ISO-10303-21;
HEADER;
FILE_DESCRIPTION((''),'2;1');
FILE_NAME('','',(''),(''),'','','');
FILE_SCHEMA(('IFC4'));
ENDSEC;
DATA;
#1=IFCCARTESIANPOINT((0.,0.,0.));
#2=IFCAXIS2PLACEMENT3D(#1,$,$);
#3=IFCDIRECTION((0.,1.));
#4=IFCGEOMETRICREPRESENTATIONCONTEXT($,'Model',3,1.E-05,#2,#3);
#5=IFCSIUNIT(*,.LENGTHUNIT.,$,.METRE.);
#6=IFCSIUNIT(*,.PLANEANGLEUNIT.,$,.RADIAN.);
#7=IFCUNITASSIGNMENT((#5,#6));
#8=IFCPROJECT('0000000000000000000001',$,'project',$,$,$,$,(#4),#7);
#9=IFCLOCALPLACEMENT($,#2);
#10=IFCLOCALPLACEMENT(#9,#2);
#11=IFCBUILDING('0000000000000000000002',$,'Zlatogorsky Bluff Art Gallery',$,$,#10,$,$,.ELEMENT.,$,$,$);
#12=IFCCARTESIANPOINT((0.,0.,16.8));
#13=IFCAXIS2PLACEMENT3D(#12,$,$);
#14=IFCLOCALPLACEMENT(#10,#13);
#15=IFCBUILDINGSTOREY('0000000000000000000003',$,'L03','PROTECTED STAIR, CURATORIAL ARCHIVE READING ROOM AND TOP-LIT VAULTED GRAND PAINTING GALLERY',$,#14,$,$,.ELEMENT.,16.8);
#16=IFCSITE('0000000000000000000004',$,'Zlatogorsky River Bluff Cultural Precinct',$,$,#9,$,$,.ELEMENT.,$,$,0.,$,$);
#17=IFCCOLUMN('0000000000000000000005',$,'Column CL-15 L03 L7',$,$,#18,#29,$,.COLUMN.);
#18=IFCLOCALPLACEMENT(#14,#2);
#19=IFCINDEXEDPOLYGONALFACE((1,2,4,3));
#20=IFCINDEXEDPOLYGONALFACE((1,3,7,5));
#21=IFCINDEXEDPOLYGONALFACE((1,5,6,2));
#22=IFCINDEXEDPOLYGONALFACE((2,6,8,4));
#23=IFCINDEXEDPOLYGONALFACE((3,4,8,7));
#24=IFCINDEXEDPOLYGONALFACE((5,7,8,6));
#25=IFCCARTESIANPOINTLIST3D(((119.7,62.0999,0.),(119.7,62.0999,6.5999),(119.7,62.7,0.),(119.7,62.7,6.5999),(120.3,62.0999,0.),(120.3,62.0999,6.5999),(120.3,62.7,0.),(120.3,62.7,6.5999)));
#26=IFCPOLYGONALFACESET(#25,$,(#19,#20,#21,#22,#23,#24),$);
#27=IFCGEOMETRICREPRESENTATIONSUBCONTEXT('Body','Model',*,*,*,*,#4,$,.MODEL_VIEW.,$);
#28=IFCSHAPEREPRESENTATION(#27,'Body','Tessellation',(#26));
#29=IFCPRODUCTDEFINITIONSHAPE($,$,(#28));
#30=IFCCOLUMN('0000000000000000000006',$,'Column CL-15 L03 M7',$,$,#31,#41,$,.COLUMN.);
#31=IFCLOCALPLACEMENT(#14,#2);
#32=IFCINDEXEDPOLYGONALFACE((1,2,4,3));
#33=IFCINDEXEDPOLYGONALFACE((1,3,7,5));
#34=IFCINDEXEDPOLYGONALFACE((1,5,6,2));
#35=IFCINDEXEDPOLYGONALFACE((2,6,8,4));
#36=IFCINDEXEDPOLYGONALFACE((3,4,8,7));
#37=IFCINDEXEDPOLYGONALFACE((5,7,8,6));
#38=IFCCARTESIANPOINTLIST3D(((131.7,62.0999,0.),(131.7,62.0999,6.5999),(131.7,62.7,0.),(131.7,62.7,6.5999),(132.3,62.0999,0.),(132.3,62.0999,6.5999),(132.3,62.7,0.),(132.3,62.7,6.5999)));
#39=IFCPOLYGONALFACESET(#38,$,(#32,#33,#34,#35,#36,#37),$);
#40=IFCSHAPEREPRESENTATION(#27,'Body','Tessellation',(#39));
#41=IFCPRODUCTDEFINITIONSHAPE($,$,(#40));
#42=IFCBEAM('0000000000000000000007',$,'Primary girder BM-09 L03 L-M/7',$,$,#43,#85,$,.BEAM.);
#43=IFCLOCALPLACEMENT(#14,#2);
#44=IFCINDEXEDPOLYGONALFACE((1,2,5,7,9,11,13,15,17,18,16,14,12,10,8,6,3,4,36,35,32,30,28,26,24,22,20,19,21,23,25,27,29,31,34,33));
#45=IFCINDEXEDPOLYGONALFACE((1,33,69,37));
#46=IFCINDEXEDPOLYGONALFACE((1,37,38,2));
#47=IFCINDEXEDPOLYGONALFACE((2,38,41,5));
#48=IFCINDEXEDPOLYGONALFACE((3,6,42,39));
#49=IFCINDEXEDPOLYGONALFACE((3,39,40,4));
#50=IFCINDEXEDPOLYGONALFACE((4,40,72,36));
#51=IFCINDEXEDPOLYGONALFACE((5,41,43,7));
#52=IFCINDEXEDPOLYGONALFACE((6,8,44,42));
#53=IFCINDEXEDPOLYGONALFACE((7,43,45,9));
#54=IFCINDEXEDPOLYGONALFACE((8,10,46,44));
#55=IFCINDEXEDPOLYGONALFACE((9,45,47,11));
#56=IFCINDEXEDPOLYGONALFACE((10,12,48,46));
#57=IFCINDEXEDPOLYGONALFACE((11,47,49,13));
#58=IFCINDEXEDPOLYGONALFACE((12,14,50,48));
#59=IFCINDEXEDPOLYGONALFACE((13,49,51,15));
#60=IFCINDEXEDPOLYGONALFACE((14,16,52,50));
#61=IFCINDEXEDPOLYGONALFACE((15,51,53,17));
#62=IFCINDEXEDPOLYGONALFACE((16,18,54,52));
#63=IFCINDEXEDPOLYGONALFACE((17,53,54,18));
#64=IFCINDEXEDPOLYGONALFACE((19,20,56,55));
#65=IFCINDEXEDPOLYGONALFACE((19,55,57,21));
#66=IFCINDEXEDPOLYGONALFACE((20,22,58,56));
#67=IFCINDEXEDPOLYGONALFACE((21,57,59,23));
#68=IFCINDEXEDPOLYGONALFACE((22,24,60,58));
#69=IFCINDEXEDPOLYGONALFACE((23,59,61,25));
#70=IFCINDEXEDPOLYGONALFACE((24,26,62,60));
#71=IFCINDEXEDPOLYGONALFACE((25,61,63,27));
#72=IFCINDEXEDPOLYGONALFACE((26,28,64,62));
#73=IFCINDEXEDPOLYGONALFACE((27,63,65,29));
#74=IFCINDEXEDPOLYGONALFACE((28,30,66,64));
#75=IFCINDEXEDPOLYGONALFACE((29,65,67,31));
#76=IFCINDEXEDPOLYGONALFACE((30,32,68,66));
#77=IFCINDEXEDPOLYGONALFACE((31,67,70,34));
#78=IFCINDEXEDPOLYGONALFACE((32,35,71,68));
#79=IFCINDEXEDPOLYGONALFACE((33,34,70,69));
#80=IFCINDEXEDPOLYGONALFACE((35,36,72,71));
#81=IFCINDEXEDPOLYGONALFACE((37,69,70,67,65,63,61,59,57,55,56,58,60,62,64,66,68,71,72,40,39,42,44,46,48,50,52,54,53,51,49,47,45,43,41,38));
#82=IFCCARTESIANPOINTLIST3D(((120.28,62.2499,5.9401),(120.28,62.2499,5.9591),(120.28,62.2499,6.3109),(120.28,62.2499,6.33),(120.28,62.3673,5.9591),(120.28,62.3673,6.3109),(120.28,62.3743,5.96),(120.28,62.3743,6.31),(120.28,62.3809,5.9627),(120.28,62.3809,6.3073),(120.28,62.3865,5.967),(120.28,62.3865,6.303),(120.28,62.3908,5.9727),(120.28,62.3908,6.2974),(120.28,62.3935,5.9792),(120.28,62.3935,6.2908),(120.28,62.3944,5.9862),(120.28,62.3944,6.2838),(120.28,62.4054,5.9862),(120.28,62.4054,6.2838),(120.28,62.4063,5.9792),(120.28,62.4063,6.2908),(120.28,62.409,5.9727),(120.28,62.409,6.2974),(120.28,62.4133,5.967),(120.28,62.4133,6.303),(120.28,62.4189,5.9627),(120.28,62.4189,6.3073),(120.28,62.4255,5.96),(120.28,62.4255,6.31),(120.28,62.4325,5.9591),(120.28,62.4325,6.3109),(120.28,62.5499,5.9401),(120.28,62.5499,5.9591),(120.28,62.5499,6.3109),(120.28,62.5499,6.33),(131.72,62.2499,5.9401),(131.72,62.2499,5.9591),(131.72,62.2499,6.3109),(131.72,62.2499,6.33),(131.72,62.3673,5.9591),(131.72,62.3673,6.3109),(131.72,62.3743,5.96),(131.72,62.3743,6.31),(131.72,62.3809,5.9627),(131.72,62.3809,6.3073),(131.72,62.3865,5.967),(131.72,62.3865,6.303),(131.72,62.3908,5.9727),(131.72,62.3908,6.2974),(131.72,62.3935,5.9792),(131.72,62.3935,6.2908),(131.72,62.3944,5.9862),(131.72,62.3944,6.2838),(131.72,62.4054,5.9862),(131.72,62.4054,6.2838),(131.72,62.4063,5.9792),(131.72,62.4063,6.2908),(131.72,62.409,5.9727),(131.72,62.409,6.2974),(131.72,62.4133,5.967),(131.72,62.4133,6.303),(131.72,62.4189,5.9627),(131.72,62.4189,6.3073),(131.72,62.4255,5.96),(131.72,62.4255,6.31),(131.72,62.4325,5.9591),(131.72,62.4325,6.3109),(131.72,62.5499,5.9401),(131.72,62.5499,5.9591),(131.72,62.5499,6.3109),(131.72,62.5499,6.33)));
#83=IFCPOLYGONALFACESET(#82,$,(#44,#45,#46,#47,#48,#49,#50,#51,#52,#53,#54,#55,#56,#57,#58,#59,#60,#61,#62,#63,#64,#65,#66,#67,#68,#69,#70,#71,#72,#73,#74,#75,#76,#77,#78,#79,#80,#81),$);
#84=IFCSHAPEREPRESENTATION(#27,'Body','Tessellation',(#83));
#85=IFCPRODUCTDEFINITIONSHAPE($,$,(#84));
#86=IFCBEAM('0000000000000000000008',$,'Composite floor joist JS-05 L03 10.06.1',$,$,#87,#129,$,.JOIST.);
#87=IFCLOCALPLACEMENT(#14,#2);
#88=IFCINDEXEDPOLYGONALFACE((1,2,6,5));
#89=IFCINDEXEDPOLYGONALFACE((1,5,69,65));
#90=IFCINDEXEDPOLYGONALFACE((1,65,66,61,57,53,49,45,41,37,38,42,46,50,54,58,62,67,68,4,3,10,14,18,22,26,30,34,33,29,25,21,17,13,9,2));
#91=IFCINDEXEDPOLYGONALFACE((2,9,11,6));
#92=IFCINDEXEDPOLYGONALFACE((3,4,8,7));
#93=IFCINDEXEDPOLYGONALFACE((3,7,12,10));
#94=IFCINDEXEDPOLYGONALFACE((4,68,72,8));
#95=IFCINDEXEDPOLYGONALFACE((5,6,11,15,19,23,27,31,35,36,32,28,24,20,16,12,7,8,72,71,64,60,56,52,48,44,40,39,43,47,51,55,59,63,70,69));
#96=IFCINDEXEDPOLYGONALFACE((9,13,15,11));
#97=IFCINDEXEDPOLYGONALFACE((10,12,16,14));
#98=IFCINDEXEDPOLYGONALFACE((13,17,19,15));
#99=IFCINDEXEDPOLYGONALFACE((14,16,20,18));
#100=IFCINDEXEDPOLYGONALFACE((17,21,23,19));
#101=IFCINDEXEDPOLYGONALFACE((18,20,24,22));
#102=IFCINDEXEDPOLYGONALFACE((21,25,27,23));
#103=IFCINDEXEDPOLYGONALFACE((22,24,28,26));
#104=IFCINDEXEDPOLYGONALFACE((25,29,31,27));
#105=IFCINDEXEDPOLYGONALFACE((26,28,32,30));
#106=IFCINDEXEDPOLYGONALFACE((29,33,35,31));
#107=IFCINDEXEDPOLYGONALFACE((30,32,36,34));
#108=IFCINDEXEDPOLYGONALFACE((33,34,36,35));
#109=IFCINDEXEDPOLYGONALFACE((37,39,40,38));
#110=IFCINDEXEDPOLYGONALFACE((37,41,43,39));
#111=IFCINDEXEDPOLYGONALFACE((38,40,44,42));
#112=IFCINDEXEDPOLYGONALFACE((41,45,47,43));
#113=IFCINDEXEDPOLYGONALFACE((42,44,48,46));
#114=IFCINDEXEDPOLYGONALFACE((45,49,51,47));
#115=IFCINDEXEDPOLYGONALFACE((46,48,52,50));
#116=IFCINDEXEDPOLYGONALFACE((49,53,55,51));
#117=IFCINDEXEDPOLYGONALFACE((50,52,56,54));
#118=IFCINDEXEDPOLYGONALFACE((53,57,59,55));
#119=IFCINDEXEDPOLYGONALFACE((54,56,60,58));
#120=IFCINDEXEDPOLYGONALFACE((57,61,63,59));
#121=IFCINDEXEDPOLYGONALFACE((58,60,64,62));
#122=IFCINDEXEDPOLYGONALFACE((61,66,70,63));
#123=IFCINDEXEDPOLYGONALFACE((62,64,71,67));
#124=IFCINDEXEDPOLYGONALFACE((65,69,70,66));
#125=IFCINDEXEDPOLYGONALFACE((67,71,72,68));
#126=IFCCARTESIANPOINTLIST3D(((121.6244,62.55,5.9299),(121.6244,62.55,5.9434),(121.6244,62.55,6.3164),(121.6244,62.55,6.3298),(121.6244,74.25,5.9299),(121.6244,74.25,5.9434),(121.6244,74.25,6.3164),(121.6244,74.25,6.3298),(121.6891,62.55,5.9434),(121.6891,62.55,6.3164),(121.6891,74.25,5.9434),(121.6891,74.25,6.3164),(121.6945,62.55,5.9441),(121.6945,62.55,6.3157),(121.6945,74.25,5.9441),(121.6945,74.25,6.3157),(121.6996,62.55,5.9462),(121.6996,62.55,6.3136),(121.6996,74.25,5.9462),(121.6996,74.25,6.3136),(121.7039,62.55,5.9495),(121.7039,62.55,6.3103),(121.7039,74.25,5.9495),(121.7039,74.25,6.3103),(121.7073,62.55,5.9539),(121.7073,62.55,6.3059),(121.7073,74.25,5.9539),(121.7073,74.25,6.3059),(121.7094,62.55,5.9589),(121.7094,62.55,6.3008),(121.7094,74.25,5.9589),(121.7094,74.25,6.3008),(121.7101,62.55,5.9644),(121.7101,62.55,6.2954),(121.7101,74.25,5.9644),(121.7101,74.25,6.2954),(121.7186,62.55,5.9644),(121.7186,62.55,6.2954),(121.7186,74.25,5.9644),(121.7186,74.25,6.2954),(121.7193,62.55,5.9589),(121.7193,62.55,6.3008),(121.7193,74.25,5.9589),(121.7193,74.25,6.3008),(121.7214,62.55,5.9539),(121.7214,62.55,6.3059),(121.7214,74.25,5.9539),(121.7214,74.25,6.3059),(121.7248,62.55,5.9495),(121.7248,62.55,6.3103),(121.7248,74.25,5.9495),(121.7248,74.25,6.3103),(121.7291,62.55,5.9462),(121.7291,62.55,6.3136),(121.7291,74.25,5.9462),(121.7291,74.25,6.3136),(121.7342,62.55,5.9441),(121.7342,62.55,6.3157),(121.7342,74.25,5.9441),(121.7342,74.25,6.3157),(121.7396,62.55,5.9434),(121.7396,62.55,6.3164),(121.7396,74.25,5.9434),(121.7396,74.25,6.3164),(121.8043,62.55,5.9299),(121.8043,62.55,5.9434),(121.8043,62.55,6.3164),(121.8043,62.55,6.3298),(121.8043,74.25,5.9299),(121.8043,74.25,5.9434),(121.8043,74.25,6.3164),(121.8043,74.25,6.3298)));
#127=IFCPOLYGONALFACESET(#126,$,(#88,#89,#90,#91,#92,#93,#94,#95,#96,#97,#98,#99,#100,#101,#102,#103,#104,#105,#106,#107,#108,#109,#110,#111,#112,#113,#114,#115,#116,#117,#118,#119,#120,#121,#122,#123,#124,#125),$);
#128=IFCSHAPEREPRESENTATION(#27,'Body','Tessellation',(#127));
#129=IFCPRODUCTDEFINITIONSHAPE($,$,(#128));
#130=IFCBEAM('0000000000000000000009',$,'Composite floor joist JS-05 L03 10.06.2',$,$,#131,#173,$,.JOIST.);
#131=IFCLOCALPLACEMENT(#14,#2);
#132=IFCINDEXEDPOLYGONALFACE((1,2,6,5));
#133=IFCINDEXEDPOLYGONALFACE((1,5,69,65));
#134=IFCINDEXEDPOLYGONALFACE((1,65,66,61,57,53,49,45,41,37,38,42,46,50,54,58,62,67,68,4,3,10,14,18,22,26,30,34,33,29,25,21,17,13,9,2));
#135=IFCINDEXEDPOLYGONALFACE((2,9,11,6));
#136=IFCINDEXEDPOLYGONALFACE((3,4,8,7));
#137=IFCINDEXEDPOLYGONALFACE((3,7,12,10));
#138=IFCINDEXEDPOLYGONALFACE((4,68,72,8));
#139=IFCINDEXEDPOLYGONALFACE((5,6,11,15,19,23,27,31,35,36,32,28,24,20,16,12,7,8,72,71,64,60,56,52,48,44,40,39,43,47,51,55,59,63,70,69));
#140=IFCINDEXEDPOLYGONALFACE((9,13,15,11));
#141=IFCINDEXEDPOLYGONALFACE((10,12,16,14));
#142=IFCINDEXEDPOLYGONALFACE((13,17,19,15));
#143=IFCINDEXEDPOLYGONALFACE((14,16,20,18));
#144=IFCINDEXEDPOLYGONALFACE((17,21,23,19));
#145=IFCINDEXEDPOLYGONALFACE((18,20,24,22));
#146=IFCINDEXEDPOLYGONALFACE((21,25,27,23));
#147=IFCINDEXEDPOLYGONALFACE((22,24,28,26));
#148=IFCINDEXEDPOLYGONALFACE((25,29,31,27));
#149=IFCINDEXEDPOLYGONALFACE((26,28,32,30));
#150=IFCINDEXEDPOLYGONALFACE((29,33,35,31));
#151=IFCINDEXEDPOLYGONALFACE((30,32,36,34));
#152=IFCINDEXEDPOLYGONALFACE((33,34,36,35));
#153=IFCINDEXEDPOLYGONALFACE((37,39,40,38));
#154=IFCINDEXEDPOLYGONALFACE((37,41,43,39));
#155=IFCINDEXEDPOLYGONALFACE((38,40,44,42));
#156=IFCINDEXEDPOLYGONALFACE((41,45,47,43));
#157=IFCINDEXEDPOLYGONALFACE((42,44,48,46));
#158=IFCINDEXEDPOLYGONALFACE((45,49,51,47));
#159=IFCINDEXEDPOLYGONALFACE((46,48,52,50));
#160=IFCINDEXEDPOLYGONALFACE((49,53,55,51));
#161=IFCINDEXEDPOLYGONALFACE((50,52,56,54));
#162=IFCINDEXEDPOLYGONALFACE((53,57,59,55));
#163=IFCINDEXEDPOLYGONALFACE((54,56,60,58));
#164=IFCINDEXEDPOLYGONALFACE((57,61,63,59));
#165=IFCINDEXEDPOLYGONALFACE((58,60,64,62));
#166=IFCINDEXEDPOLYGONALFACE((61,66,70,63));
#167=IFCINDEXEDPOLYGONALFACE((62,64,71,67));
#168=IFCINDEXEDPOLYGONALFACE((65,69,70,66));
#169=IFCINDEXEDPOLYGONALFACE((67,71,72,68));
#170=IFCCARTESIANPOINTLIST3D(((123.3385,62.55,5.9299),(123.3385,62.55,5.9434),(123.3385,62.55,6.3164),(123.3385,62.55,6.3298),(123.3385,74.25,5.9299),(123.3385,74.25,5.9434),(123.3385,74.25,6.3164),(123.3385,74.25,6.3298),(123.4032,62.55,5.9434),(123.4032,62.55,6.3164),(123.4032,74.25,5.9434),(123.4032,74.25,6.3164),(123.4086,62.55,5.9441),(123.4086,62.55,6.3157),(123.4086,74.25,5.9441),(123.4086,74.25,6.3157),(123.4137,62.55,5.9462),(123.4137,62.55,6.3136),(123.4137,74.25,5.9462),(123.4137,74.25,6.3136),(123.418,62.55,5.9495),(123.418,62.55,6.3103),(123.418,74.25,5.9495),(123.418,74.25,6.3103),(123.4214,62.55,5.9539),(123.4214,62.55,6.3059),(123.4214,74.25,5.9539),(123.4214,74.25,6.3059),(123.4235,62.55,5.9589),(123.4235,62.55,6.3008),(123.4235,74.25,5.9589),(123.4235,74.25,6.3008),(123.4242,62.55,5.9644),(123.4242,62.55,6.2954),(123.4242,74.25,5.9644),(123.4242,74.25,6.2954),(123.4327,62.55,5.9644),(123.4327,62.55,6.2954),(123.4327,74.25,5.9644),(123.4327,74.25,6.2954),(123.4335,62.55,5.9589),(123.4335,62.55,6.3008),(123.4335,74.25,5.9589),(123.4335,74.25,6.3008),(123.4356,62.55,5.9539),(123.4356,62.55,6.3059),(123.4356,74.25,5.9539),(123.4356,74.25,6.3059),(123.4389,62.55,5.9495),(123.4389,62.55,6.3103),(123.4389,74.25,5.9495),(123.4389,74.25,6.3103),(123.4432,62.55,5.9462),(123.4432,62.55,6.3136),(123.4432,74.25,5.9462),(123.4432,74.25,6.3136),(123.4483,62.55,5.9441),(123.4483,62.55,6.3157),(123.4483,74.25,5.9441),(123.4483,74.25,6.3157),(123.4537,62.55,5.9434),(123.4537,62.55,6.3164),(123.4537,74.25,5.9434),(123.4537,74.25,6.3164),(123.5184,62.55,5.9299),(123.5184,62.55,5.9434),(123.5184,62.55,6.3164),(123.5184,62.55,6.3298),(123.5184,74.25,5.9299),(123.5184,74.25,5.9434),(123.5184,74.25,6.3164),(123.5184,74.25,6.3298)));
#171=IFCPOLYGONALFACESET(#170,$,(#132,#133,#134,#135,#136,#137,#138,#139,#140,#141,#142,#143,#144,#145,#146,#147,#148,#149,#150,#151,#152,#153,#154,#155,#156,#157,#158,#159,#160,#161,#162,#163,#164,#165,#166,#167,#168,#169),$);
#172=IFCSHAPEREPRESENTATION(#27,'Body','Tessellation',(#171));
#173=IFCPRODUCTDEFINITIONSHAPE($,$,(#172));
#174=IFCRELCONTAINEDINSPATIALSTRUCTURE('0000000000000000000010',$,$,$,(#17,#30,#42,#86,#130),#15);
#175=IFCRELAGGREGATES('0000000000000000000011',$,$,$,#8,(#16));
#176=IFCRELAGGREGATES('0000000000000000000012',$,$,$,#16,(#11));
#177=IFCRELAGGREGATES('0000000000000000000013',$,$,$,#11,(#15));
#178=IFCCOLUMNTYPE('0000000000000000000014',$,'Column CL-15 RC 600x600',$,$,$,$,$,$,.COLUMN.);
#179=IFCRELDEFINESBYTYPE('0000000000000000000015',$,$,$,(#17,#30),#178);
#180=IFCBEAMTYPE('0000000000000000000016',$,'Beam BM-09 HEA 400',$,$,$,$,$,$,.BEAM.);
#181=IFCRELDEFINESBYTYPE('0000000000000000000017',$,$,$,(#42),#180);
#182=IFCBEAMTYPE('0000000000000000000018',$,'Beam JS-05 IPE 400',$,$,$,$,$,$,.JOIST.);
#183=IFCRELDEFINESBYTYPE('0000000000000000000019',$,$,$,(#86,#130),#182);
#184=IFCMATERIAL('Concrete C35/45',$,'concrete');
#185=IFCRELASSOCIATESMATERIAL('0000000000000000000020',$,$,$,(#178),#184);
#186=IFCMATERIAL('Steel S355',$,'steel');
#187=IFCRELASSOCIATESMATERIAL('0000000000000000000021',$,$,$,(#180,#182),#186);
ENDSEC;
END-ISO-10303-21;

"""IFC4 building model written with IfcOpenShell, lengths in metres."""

from ifc_helpers import new_model, si_unit, direction, frame, origin, origin_2d, place, context, subcontext, project, spatial, rectangle, i_section, extrude, material, material_profile, profile_set, type_object, element, save


model = new_model("IFC4")

# Units and contexts
model_context = context("Model", 3, precision=1e-05, world=origin(), true_north=direction((0.0, 1.0)))
body_context = subcontext(model_context, "Body", "Model", "MODEL_VIEW")
ifc_project = project(units=[si_unit("LENGTHUNIT", "METRE"), si_unit("PLANEANGLEUNIT", "RADIAN")], contexts=[model_context])

# Site, building, storey
site_placement = place(None, origin())
site = spatial("IfcSite", under=ifc_project, at=site_placement, Name="Zlatogorsky River Bluff Cultural Precinct", CompositionType="ELEMENT", RefElevation=0.0)
building_placement = place(site_placement, origin())
building = spatial("IfcBuilding", under=site, at=building_placement, Name="Zlatogorsky Bluff Art Gallery", CompositionType="ELEMENT")
storey_placement = place(building_placement, frame((0.0, 0.0, 16.8)))
storey = spatial("IfcBuildingStorey", under=building, at=storey_placement, Name="L03", Description="PROTECTED STAIR, CURATORIAL ARCHIVE READING ROOM AND TOP-LIT VAULTED GRAND PAINTING GALLERY", CompositionType="ELEMENT", Elevation=16.8)

# Columns
ifc_material_1 = material(Name="Concrete C35/45", Category="concrete")
ifc_material_profile_1 = material_profile(ifc_material_1, rectangle(XDim=0.6001, YDim=0.6001, at=origin_2d()), Name="RC 600x600")
ifc_profile_set_1 = profile_set([ifc_material_profile_1], Name="Concrete C35/45")
column_type = type_object("IfcColumnType", Name="Column CL-15 RC 600x600", PredefinedType="COLUMN", material=ifc_profile_set_1)
for number, where, z_axis, x_axis, name in (
    (1, (120.0, 62.3999, 0.0), (0.0, 0.0, 1.0), (1.0, 0.0, 0.0), "Column CL-15 L03 L7"),
    (2, (132.0, 62.3999, 0.0), (0.0, 0.0, 1.0), (1.0, 0.0, 0.0), "Column CL-15 L03 M7"),
):
    element("IfcColumn", number, at=place(storey_placement, frame(where, z_axis=z_axis, x_axis=x_axis)), inside=storey, type_object=column_type, Name=name, PredefinedType="COLUMN", context=body_context, shape_type="SweptSolid", body=[
        extrude(rectangle(XDim=0.6001, YDim=0.6001, at=origin_2d()), origin(), (0.0, 0.0, 1.0), 6.5999),
    ])

# Beams
ifc_material_2 = material(Name="Steel S355", Category="steel")
ifc_material_profile_2 = material_profile(ifc_material_2, i_section(OverallWidth=0.3, OverallDepth=0.3899, WebThickness=0.011, FlangeThickness=0.019, FilletRadius=0.0271, at=origin_2d()), Name="HEA 400")
ifc_profile_set_2 = profile_set([ifc_material_profile_2], Name="Steel S355")
beam_type_1 = type_object("IfcBeamType", Name="Beam BM-09 HEA 400", PredefinedType="BEAM", material=ifc_profile_set_2)
beam_placement = place(storey_placement, frame((120.28, 62.3999, 6.135), z_axis=(1.0, 0.0, 0.0), x_axis=(0.0, 1.0, 0.0)))
element("IfcBeam", 3, at=beam_placement, inside=storey, type_object=beam_type_1, Name="Primary girder BM-09 L03 L-M/7", PredefinedType="BEAM", context=body_context, shape_type="SweptSolid", body=[
    extrude(i_section(OverallWidth=0.3, OverallDepth=0.3899, WebThickness=0.011, FlangeThickness=0.019, FilletRadius=0.0271, at=origin_2d()), origin(), (0.0, 0.0, 1.0), 11.4399),
])
ifc_material_profile_3 = material_profile(ifc_material_2, i_section(OverallWidth=0.1799, OverallDepth=0.3999, WebThickness=0.0085, FlangeThickness=0.0134, FilletRadius=0.021, at=origin_2d()), Name="IPE 400")
ifc_profile_set_3 = profile_set([ifc_material_profile_3], Name="Steel S355")
beam_type_2 = type_object("IfcBeamType", Name="Beam JS-05 IPE 400", PredefinedType="JOIST", material=ifc_profile_set_3)
for number, where, z_axis, x_axis, name in (
    (4, (121.7144, 62.55, 6.1299), (0.0, 1.0, 0.0), (-1.0, 0.0, 0.0), "Composite floor joist JS-05 L03 10.06.1"),
    (5, (123.4285, 62.55, 6.1299), (0.0, 1.0, 0.0), (-1.0, 0.0, 0.0), "Composite floor joist JS-05 L03 10.06.2"),
):
    element("IfcBeam", number, at=place(storey_placement, frame(where, z_axis=z_axis, x_axis=x_axis)), inside=storey, type_object=beam_type_2, Name=name, PredefinedType="JOIST", context=body_context, shape_type="SweptSolid", body=[
        extrude(i_section(OverallWidth=0.1799, OverallDepth=0.3999, WebThickness=0.0085, FlangeThickness=0.0134, FilletRadius=0.021, at=origin_2d()), origin(), (0.0, 0.0, 1.0), 11.7),
    ])

save(model, "model.ifc")
